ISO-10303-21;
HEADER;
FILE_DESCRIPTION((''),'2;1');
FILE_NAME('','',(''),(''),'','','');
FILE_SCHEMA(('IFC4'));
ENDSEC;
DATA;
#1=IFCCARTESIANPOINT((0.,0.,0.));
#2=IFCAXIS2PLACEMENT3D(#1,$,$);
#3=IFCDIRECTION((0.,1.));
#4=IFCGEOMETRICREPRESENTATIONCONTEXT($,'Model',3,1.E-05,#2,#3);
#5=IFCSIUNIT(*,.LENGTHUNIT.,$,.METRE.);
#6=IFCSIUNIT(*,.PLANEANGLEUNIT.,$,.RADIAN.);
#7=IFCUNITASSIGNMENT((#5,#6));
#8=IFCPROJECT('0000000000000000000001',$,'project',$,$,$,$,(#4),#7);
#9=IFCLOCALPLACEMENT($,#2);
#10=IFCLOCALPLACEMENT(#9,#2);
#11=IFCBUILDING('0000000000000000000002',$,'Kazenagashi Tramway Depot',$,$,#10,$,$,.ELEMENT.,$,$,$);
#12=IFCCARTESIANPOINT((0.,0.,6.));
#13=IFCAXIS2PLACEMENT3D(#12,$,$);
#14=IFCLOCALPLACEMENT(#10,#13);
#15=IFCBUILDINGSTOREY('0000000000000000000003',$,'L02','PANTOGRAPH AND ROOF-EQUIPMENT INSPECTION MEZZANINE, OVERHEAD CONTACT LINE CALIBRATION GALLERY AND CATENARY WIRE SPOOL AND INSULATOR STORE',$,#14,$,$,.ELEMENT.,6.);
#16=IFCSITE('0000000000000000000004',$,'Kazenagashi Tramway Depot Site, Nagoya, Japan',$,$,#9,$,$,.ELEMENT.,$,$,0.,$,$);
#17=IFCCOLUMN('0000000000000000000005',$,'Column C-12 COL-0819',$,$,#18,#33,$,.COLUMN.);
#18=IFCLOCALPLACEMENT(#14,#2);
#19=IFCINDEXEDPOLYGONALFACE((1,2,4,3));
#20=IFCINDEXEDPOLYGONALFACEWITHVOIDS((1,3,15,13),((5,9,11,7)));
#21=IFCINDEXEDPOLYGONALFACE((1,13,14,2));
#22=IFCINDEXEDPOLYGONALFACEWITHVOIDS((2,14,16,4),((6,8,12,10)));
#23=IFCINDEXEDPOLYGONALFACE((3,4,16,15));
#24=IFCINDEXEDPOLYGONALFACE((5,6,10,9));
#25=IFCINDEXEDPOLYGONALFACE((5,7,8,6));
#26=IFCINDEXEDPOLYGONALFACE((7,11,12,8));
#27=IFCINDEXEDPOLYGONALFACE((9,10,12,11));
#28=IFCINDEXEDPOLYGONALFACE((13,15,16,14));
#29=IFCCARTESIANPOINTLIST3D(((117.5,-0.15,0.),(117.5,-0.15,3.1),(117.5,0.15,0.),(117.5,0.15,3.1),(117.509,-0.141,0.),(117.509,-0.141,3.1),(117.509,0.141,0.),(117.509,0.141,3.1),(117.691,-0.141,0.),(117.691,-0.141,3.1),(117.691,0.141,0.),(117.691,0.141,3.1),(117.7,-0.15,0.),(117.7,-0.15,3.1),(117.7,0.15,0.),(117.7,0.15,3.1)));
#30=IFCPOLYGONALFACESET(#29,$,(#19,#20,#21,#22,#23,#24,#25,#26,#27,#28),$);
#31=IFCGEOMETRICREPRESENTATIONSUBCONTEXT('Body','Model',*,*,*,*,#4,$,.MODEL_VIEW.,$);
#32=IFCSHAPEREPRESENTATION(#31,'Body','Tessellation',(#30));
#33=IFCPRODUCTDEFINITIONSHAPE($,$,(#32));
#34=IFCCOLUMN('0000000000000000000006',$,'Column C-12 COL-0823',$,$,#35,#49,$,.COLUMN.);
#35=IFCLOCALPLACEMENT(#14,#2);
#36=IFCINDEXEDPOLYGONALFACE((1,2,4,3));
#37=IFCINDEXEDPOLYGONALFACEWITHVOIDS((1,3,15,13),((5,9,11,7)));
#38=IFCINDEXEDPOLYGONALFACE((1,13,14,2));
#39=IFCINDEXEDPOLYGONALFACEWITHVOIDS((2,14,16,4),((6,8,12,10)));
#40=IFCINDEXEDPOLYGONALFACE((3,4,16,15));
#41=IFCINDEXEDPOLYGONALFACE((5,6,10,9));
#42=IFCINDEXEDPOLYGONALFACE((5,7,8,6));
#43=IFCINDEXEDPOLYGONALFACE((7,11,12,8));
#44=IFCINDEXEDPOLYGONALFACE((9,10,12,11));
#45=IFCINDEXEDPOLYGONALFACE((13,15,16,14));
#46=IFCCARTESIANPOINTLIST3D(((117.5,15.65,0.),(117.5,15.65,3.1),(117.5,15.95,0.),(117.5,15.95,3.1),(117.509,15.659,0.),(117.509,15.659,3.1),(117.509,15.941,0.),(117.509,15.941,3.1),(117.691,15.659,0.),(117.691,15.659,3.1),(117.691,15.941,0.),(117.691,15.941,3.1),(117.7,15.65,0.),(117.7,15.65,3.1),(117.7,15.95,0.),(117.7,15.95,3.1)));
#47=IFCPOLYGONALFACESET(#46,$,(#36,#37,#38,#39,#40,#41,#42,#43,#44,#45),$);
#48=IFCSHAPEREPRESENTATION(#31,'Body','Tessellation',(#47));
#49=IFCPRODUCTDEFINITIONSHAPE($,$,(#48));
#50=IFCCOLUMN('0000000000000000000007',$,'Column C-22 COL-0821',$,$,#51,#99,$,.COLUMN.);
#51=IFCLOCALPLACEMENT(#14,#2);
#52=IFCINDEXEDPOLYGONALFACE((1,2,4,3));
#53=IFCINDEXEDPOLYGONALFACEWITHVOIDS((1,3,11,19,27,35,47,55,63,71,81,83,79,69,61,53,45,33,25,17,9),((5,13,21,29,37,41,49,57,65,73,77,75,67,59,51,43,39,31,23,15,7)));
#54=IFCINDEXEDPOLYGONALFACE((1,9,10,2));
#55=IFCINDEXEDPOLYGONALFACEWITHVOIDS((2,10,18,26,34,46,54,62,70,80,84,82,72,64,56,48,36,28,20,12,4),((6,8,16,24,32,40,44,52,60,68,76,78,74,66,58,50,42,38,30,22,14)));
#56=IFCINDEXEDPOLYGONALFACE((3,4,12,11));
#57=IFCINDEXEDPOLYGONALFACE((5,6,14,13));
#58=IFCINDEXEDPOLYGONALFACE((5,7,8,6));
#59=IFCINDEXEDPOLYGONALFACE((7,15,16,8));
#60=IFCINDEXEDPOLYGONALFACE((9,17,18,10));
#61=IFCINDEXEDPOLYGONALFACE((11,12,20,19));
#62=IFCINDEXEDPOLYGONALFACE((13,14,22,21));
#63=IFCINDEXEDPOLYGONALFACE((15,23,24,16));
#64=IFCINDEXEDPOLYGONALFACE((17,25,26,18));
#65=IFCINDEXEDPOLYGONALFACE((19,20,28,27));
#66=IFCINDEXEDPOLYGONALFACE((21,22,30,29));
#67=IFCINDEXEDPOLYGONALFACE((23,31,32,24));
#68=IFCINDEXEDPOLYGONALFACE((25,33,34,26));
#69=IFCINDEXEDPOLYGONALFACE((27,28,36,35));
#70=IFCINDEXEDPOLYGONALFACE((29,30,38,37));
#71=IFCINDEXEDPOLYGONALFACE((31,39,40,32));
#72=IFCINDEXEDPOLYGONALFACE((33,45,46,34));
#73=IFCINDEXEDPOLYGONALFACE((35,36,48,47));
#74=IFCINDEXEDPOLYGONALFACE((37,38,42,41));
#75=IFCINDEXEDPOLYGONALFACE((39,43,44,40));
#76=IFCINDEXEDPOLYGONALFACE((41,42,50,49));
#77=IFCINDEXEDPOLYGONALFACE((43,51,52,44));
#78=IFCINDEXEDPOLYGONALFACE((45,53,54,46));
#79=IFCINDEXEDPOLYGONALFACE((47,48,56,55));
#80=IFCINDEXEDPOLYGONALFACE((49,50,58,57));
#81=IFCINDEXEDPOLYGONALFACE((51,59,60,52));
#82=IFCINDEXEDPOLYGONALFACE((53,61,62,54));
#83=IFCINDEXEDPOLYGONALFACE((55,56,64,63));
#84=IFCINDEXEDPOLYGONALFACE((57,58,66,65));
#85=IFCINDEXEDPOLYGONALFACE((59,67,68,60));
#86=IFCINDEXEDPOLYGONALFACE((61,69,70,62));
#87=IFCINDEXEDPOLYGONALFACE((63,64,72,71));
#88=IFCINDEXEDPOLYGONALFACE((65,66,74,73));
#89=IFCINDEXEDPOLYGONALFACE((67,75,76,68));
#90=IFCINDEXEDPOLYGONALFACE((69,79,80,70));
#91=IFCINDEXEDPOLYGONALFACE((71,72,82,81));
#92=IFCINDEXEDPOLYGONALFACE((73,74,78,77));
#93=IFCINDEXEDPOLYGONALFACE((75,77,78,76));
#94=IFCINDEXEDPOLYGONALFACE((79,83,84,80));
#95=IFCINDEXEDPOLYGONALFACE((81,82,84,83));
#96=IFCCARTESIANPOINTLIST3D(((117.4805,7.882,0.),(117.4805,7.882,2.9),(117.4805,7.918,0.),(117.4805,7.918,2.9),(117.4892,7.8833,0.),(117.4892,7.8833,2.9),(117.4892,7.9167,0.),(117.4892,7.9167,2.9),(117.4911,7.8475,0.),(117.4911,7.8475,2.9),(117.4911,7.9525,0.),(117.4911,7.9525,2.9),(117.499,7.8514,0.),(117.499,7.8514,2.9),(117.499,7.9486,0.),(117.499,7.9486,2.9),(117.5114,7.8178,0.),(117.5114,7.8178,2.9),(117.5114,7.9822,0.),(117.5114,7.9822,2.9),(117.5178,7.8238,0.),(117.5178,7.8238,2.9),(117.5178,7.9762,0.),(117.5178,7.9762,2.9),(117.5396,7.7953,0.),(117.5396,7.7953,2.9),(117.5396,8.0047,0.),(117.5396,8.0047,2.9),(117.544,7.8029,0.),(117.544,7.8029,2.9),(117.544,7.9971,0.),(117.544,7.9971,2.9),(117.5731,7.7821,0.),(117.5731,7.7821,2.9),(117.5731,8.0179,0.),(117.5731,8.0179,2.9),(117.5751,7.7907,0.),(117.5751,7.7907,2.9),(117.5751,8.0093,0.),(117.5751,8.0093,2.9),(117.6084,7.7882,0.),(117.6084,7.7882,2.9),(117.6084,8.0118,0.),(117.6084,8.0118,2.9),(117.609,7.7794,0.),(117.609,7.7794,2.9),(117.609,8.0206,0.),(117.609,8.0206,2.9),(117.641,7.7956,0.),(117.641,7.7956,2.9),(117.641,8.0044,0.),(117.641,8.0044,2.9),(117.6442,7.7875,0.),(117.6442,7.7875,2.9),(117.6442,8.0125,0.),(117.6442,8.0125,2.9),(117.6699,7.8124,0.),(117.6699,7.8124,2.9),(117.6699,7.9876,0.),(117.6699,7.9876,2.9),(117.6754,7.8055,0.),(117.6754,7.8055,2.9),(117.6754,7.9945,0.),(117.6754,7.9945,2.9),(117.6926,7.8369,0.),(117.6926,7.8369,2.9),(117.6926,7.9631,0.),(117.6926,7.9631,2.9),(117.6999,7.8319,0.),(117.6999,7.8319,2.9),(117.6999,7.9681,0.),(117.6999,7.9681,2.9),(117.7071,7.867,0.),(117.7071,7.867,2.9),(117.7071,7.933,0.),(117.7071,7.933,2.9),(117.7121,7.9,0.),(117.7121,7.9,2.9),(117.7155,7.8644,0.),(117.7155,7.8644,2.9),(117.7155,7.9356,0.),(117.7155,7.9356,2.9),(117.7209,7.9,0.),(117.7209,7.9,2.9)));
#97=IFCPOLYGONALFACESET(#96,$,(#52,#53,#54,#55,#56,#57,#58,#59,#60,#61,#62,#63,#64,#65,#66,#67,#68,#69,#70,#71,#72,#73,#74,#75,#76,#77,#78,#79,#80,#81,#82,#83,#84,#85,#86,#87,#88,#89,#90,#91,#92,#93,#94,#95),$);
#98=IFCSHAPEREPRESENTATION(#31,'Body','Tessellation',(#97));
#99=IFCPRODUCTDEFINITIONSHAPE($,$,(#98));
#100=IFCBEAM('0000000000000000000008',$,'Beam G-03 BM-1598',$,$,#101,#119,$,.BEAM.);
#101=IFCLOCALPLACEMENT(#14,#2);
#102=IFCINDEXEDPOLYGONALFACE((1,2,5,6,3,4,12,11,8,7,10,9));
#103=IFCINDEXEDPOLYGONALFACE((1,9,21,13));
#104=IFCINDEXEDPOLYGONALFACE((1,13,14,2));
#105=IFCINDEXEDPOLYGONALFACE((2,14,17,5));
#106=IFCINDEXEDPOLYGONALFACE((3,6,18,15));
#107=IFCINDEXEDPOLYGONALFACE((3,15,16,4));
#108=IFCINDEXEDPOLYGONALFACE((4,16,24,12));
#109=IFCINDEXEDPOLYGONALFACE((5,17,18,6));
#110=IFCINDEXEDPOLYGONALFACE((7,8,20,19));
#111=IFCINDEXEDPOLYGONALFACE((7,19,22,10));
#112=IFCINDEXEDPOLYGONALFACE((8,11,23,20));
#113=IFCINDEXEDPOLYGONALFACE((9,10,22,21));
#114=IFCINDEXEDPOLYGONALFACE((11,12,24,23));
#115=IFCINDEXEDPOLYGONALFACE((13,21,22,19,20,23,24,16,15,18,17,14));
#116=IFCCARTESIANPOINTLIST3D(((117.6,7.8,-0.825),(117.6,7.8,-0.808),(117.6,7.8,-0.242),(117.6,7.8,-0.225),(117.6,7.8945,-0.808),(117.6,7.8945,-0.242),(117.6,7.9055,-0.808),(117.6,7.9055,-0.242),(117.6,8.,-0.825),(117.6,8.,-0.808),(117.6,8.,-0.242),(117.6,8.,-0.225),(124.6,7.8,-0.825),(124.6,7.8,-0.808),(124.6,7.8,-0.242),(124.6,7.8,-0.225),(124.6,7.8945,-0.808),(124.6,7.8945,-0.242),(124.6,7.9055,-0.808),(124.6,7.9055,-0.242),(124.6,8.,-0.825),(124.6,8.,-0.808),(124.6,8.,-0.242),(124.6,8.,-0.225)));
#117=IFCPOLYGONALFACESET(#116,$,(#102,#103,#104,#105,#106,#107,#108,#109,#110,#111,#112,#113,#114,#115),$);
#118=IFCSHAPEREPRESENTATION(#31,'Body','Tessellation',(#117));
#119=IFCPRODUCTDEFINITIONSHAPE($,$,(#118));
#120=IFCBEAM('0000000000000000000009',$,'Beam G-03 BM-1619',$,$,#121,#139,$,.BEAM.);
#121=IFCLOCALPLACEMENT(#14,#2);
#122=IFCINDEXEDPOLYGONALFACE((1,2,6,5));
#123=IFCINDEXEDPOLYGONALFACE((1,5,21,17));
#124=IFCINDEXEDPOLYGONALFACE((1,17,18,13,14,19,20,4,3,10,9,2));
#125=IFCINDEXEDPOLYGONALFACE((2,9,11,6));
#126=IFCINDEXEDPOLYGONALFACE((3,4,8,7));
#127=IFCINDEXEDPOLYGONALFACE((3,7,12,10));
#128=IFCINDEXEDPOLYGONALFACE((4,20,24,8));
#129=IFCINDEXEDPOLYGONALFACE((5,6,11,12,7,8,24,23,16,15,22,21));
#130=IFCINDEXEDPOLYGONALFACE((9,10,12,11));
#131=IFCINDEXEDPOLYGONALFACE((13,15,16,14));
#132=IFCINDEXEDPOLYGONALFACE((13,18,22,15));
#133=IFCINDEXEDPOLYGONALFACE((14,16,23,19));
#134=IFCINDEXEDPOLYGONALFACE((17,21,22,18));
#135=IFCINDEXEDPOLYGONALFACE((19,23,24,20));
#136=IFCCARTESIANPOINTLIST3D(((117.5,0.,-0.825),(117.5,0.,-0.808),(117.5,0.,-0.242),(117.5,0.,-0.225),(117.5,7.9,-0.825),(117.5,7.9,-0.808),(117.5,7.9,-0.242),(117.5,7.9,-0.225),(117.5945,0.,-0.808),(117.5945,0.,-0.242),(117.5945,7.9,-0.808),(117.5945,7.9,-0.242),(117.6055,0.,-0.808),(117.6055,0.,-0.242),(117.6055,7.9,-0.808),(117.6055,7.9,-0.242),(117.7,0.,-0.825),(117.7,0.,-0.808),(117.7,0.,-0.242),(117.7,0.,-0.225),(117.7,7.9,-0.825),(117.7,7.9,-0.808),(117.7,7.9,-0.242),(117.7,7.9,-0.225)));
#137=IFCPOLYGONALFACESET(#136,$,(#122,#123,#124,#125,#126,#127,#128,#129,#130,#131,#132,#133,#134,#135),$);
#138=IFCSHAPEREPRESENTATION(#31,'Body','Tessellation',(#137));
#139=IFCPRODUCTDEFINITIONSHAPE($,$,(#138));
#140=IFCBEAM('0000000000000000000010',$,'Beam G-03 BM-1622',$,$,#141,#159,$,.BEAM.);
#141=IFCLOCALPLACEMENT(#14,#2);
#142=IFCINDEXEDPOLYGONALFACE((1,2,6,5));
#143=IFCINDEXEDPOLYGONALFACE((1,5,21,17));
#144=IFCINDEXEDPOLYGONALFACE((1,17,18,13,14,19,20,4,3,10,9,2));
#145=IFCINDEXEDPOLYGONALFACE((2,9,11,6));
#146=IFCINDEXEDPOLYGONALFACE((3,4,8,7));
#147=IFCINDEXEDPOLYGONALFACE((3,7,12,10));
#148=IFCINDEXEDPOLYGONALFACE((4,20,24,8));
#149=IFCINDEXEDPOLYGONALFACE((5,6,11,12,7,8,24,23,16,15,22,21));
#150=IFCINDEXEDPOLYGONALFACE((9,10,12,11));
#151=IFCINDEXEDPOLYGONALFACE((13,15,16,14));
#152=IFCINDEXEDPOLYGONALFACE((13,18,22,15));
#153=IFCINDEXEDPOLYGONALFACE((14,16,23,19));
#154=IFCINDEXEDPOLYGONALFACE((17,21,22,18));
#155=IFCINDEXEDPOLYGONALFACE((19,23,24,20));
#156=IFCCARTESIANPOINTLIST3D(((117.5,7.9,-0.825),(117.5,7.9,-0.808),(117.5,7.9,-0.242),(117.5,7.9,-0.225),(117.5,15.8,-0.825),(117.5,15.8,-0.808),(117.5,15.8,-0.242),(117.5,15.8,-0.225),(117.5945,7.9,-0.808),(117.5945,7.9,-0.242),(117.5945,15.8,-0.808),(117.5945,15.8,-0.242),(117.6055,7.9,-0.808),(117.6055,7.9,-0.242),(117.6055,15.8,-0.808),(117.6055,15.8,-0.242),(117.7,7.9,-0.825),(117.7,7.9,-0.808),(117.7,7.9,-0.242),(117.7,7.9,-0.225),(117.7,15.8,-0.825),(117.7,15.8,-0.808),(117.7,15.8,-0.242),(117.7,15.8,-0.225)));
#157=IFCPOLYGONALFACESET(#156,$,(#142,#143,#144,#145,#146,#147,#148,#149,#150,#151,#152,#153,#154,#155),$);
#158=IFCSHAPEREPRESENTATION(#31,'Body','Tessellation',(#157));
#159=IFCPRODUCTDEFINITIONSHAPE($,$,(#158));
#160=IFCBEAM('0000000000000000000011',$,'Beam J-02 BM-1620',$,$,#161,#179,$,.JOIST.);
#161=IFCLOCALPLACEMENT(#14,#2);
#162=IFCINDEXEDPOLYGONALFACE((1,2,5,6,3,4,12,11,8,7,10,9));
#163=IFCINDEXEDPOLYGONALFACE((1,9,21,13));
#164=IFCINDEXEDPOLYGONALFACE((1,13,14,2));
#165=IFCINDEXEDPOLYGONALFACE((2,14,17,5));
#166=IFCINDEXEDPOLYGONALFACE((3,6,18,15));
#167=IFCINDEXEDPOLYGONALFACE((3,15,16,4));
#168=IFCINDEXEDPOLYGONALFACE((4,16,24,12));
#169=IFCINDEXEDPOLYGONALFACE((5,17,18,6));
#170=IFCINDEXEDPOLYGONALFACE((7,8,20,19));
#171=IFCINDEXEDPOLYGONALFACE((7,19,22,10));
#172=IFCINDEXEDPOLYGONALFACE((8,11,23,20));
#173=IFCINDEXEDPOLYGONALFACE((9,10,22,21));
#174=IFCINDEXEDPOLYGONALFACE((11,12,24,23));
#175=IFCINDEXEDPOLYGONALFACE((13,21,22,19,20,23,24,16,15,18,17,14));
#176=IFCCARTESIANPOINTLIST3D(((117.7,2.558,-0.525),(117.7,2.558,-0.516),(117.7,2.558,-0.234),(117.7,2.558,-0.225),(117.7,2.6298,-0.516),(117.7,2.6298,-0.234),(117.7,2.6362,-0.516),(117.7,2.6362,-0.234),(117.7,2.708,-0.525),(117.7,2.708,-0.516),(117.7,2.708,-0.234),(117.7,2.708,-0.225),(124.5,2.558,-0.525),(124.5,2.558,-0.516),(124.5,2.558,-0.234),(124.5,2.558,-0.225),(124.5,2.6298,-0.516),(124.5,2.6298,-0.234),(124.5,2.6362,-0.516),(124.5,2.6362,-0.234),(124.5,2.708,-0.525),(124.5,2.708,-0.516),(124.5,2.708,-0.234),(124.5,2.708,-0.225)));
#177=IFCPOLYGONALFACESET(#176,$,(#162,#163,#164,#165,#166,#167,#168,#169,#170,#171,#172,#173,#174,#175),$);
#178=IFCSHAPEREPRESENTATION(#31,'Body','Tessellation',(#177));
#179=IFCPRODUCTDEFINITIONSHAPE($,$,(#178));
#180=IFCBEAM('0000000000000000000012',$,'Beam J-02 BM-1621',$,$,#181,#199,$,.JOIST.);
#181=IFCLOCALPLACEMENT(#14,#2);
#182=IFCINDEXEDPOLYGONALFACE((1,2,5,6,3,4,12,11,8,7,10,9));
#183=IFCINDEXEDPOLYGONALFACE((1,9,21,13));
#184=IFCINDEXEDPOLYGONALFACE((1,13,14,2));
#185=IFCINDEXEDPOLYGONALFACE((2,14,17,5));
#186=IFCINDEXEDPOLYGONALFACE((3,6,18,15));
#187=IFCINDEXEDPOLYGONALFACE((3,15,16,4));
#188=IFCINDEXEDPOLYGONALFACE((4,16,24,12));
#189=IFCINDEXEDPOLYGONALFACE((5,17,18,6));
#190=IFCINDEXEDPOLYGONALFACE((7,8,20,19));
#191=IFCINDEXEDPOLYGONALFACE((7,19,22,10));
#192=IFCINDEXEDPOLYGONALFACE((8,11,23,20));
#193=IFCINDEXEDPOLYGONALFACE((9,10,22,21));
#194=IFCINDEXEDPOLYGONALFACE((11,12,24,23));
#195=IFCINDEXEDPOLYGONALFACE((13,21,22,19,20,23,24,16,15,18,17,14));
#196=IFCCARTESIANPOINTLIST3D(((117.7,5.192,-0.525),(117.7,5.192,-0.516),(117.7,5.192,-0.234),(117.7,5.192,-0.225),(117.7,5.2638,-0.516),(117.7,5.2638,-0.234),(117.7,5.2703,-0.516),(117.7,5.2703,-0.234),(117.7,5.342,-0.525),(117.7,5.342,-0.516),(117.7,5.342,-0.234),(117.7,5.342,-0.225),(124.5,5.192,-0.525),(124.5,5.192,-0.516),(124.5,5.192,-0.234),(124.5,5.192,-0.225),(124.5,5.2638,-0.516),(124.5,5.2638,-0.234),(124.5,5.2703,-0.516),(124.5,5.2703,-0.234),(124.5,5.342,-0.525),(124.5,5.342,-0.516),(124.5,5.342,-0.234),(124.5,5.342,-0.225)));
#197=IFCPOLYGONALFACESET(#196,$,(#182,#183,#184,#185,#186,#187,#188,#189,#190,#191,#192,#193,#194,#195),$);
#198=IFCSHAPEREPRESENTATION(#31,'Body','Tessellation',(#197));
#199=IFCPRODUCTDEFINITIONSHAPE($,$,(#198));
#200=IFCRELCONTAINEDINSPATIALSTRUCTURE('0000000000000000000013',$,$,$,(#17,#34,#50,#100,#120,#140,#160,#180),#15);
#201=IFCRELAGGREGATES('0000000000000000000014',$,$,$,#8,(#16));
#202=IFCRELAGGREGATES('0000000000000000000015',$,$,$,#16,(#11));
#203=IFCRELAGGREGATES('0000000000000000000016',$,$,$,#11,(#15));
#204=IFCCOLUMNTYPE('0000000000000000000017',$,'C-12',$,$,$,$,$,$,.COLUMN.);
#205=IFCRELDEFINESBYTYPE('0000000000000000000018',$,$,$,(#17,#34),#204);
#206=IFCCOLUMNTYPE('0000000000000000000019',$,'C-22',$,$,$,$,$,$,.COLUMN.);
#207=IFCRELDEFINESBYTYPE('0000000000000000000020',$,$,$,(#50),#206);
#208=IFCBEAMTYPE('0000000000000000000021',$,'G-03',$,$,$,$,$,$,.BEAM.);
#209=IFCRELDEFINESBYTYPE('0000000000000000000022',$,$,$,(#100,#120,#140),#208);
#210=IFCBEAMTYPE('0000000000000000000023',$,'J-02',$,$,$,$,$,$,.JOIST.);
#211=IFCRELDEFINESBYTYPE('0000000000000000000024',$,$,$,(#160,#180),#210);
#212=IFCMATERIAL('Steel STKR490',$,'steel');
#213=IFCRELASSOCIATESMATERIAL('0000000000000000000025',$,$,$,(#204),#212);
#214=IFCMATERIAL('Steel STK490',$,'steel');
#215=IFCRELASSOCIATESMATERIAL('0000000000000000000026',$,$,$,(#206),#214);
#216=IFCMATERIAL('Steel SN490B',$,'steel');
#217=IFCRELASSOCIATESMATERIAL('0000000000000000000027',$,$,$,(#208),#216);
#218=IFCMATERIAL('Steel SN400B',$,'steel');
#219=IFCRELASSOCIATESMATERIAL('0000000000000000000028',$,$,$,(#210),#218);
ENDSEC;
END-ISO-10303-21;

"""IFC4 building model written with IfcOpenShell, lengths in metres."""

from ifc_helpers import new_model, si_unit, direction, frame, origin, origin_2d, place, context, subcontext, project, spatial, hollow_rectangle, hollow_circle, i_section, extrude, material, material_profile, profile_set, type_object, element, save


model = new_model("IFC4")

# Units and contexts
model_context = context("Model", 3, precision=1e-05, world=origin(), true_north=direction((0.0, 1.0)))
body_context = subcontext(model_context, "Body", "Model", "MODEL_VIEW")
ifc_project = project(units=[si_unit("LENGTHUNIT", "METRE"), si_unit("PLANEANGLEUNIT", "RADIAN")], contexts=[model_context])

# Site, building, storey
site_placement = place(None, origin())
site = spatial("IfcSite", under=ifc_project, at=site_placement, Name="Kazenagashi Tramway Depot Site, Nagoya, Japan", CompositionType="ELEMENT", RefElevation=0.0)
building_placement = place(site_placement, origin())
building = spatial("IfcBuilding", under=site, at=building_placement, Name="Kazenagashi Tramway Depot", CompositionType="ELEMENT")
storey_placement = place(building_placement, frame((0.0, 0.0, 6.0)))
storey = spatial("IfcBuildingStorey", under=building, at=storey_placement, Name="L02", Description="PANTOGRAPH AND ROOF-EQUIPMENT INSPECTION MEZZANINE, OVERHEAD CONTACT LINE CALIBRATION GALLERY AND CATENARY WIRE SPOOL AND INSULATOR STORE", CompositionType="ELEMENT", Elevation=6.0)

# Columns
ifc_material_1 = material(Name="Steel STKR490", Category="steel")
ifc_material_profile_1 = material_profile(ifc_material_1, hollow_rectangle(XDim=0.2, YDim=0.3, WallThickness=0.009, at=origin_2d()), Name="RHS-300x200x9")
ifc_profile_set_1 = profile_set([ifc_material_profile_1], Name="Steel STKR490")
column_type_1 = type_object("IfcColumnType", Name="C-12", PredefinedType="COLUMN", material=ifc_profile_set_1)
for number, where, z_axis, x_axis, name in (
    (1, (117.6, 0.0, 0.0), (0.0, 0.0, 1.0), (1.0, 0.0, 0.0), "Column C-12 COL-0819"),
    (2, (117.6, 15.8, 0.0), (0.0, 0.0, 1.0), (1.0, 0.0, 0.0), "Column C-12 COL-0823"),
):
    element("IfcColumn", number, at=place(storey_placement, frame(where, z_axis=z_axis, x_axis=x_axis)), inside=storey, type_object=column_type_1, Name=name, PredefinedType="COLUMN", context=body_context, shape_type="SweptSolid", body=[
        extrude(hollow_rectangle(XDim=0.2, YDim=0.3, WallThickness=0.009, at=origin_2d()), origin(), (0.0, 0.0, 1.0), 3.1),
    ])
ifc_material_2 = material(Name="Steel STK490", Category="steel")
ifc_material_profile_2 = material_profile(ifc_material_2, hollow_circle(Radius=0.1209, WallThickness=0.0088, at=origin_2d()), Name="CHS-241.8x8.8")
ifc_profile_set_2 = profile_set([ifc_material_profile_2], Name="Steel STK490")
column_type_2 = type_object("IfcColumnType", Name="C-22", PredefinedType="COLUMN", material=ifc_profile_set_2)
column_placement = place(storey_placement, frame((117.6, 7.9, 0.0), z_axis=(0.0, 0.0, 1.0), x_axis=(1.0, 0.0, 0.0)))
element("IfcColumn", 3, at=column_placement, inside=storey, type_object=column_type_2, Name="Column C-22 COL-0821", PredefinedType="COLUMN", context=body_context, shape_type="SweptSolid", body=[
    extrude(hollow_circle(Radius=0.1209, WallThickness=0.0088, at=origin_2d()), origin(), (0.0, 0.0, 1.0), 2.9),
])

# Beams
ifc_material_3 = material(Name="Steel SN490B", Category="steel")
ifc_material_profile_3 = material_profile(ifc_material_3, i_section(OverallWidth=0.2, OverallDepth=0.6, WebThickness=0.011, FlangeThickness=0.017, at=origin_2d()), Name="H-600x200x11x17")
ifc_profile_set_3 = profile_set([ifc_material_profile_3], Name="Steel SN490B")
beam_type_1 = type_object("IfcBeamType", Name="G-03", PredefinedType="BEAM", material=ifc_profile_set_3)
beam_placement = place(storey_placement, frame((117.6, 7.9, -0.525), z_axis=(1.0, 0.0, 0.0), x_axis=(0.0, 1.0, 0.0)))
element("IfcBeam", 4, at=beam_placement, inside=storey, type_object=beam_type_1, Name="Beam G-03 BM-1598", PredefinedType="BEAM", context=body_context, shape_type="SweptSolid", body=[
    extrude(i_section(OverallWidth=0.2, OverallDepth=0.6, WebThickness=0.011, FlangeThickness=0.017, at=origin_2d()), origin(), (0.0, 0.0, 1.0), 7.0),
])
for number, where, z_axis, x_axis, name in (
    (5, (117.6, 0.0, -0.525), (0.0, 1.0, 0.0), (-1.0, 0.0, 0.0), "Beam G-03 BM-1619"),
    (6, (117.6, 7.9, -0.525), (0.0, 1.0, 0.0), (-1.0, 0.0, 0.0), "Beam G-03 BM-1622"),
):
    element("IfcBeam", number, at=place(storey_placement, frame(where, z_axis=z_axis, x_axis=x_axis)), inside=storey, type_object=beam_type_1, Name=name, PredefinedType="BEAM", context=body_context, shape_type="SweptSolid", body=[
        extrude(i_section(OverallWidth=0.2, OverallDepth=0.6, WebThickness=0.011, FlangeThickness=0.017, at=origin_2d()), origin(), (0.0, 0.0, 1.0), 7.9),
    ])
ifc_material_4 = material(Name="Steel SN400B", Category="steel")
ifc_material_profile_4 = material_profile(ifc_material_4, i_section(OverallWidth=0.15, OverallDepth=0.3, WebThickness=0.0065, FlangeThickness=0.009, at=origin_2d()), Name="H-300x150x6.5x9")
ifc_profile_set_4 = profile_set([ifc_material_profile_4], Name="Steel SN400B")
beam_type_2 = type_object("IfcBeamType", Name="J-02", PredefinedType="JOIST", material=ifc_profile_set_4)
for number, where, z_axis, x_axis, name in (
    (7, (117.7, 2.633, -0.375), (1.0, 0.0, 0.0), (0.0, 1.0, 0.0), "Beam J-02 BM-1620"),
    (8, (117.7, 5.267, -0.375), (1.0, 0.0, 0.0), (0.0, 1.0, 0.0), "Beam J-02 BM-1621"),
):
    element("IfcBeam", number, at=place(storey_placement, frame(where, z_axis=z_axis, x_axis=x_axis)), inside=storey, type_object=beam_type_2, Name=name, PredefinedType="JOIST", context=body_context, shape_type="SweptSolid", body=[
        extrude(i_section(OverallWidth=0.15, OverallDepth=0.3, WebThickness=0.0065, FlangeThickness=0.009, at=origin_2d()), origin(), (0.0, 0.0, 1.0), 6.8),
    ])

save(model, "model.ifc")
